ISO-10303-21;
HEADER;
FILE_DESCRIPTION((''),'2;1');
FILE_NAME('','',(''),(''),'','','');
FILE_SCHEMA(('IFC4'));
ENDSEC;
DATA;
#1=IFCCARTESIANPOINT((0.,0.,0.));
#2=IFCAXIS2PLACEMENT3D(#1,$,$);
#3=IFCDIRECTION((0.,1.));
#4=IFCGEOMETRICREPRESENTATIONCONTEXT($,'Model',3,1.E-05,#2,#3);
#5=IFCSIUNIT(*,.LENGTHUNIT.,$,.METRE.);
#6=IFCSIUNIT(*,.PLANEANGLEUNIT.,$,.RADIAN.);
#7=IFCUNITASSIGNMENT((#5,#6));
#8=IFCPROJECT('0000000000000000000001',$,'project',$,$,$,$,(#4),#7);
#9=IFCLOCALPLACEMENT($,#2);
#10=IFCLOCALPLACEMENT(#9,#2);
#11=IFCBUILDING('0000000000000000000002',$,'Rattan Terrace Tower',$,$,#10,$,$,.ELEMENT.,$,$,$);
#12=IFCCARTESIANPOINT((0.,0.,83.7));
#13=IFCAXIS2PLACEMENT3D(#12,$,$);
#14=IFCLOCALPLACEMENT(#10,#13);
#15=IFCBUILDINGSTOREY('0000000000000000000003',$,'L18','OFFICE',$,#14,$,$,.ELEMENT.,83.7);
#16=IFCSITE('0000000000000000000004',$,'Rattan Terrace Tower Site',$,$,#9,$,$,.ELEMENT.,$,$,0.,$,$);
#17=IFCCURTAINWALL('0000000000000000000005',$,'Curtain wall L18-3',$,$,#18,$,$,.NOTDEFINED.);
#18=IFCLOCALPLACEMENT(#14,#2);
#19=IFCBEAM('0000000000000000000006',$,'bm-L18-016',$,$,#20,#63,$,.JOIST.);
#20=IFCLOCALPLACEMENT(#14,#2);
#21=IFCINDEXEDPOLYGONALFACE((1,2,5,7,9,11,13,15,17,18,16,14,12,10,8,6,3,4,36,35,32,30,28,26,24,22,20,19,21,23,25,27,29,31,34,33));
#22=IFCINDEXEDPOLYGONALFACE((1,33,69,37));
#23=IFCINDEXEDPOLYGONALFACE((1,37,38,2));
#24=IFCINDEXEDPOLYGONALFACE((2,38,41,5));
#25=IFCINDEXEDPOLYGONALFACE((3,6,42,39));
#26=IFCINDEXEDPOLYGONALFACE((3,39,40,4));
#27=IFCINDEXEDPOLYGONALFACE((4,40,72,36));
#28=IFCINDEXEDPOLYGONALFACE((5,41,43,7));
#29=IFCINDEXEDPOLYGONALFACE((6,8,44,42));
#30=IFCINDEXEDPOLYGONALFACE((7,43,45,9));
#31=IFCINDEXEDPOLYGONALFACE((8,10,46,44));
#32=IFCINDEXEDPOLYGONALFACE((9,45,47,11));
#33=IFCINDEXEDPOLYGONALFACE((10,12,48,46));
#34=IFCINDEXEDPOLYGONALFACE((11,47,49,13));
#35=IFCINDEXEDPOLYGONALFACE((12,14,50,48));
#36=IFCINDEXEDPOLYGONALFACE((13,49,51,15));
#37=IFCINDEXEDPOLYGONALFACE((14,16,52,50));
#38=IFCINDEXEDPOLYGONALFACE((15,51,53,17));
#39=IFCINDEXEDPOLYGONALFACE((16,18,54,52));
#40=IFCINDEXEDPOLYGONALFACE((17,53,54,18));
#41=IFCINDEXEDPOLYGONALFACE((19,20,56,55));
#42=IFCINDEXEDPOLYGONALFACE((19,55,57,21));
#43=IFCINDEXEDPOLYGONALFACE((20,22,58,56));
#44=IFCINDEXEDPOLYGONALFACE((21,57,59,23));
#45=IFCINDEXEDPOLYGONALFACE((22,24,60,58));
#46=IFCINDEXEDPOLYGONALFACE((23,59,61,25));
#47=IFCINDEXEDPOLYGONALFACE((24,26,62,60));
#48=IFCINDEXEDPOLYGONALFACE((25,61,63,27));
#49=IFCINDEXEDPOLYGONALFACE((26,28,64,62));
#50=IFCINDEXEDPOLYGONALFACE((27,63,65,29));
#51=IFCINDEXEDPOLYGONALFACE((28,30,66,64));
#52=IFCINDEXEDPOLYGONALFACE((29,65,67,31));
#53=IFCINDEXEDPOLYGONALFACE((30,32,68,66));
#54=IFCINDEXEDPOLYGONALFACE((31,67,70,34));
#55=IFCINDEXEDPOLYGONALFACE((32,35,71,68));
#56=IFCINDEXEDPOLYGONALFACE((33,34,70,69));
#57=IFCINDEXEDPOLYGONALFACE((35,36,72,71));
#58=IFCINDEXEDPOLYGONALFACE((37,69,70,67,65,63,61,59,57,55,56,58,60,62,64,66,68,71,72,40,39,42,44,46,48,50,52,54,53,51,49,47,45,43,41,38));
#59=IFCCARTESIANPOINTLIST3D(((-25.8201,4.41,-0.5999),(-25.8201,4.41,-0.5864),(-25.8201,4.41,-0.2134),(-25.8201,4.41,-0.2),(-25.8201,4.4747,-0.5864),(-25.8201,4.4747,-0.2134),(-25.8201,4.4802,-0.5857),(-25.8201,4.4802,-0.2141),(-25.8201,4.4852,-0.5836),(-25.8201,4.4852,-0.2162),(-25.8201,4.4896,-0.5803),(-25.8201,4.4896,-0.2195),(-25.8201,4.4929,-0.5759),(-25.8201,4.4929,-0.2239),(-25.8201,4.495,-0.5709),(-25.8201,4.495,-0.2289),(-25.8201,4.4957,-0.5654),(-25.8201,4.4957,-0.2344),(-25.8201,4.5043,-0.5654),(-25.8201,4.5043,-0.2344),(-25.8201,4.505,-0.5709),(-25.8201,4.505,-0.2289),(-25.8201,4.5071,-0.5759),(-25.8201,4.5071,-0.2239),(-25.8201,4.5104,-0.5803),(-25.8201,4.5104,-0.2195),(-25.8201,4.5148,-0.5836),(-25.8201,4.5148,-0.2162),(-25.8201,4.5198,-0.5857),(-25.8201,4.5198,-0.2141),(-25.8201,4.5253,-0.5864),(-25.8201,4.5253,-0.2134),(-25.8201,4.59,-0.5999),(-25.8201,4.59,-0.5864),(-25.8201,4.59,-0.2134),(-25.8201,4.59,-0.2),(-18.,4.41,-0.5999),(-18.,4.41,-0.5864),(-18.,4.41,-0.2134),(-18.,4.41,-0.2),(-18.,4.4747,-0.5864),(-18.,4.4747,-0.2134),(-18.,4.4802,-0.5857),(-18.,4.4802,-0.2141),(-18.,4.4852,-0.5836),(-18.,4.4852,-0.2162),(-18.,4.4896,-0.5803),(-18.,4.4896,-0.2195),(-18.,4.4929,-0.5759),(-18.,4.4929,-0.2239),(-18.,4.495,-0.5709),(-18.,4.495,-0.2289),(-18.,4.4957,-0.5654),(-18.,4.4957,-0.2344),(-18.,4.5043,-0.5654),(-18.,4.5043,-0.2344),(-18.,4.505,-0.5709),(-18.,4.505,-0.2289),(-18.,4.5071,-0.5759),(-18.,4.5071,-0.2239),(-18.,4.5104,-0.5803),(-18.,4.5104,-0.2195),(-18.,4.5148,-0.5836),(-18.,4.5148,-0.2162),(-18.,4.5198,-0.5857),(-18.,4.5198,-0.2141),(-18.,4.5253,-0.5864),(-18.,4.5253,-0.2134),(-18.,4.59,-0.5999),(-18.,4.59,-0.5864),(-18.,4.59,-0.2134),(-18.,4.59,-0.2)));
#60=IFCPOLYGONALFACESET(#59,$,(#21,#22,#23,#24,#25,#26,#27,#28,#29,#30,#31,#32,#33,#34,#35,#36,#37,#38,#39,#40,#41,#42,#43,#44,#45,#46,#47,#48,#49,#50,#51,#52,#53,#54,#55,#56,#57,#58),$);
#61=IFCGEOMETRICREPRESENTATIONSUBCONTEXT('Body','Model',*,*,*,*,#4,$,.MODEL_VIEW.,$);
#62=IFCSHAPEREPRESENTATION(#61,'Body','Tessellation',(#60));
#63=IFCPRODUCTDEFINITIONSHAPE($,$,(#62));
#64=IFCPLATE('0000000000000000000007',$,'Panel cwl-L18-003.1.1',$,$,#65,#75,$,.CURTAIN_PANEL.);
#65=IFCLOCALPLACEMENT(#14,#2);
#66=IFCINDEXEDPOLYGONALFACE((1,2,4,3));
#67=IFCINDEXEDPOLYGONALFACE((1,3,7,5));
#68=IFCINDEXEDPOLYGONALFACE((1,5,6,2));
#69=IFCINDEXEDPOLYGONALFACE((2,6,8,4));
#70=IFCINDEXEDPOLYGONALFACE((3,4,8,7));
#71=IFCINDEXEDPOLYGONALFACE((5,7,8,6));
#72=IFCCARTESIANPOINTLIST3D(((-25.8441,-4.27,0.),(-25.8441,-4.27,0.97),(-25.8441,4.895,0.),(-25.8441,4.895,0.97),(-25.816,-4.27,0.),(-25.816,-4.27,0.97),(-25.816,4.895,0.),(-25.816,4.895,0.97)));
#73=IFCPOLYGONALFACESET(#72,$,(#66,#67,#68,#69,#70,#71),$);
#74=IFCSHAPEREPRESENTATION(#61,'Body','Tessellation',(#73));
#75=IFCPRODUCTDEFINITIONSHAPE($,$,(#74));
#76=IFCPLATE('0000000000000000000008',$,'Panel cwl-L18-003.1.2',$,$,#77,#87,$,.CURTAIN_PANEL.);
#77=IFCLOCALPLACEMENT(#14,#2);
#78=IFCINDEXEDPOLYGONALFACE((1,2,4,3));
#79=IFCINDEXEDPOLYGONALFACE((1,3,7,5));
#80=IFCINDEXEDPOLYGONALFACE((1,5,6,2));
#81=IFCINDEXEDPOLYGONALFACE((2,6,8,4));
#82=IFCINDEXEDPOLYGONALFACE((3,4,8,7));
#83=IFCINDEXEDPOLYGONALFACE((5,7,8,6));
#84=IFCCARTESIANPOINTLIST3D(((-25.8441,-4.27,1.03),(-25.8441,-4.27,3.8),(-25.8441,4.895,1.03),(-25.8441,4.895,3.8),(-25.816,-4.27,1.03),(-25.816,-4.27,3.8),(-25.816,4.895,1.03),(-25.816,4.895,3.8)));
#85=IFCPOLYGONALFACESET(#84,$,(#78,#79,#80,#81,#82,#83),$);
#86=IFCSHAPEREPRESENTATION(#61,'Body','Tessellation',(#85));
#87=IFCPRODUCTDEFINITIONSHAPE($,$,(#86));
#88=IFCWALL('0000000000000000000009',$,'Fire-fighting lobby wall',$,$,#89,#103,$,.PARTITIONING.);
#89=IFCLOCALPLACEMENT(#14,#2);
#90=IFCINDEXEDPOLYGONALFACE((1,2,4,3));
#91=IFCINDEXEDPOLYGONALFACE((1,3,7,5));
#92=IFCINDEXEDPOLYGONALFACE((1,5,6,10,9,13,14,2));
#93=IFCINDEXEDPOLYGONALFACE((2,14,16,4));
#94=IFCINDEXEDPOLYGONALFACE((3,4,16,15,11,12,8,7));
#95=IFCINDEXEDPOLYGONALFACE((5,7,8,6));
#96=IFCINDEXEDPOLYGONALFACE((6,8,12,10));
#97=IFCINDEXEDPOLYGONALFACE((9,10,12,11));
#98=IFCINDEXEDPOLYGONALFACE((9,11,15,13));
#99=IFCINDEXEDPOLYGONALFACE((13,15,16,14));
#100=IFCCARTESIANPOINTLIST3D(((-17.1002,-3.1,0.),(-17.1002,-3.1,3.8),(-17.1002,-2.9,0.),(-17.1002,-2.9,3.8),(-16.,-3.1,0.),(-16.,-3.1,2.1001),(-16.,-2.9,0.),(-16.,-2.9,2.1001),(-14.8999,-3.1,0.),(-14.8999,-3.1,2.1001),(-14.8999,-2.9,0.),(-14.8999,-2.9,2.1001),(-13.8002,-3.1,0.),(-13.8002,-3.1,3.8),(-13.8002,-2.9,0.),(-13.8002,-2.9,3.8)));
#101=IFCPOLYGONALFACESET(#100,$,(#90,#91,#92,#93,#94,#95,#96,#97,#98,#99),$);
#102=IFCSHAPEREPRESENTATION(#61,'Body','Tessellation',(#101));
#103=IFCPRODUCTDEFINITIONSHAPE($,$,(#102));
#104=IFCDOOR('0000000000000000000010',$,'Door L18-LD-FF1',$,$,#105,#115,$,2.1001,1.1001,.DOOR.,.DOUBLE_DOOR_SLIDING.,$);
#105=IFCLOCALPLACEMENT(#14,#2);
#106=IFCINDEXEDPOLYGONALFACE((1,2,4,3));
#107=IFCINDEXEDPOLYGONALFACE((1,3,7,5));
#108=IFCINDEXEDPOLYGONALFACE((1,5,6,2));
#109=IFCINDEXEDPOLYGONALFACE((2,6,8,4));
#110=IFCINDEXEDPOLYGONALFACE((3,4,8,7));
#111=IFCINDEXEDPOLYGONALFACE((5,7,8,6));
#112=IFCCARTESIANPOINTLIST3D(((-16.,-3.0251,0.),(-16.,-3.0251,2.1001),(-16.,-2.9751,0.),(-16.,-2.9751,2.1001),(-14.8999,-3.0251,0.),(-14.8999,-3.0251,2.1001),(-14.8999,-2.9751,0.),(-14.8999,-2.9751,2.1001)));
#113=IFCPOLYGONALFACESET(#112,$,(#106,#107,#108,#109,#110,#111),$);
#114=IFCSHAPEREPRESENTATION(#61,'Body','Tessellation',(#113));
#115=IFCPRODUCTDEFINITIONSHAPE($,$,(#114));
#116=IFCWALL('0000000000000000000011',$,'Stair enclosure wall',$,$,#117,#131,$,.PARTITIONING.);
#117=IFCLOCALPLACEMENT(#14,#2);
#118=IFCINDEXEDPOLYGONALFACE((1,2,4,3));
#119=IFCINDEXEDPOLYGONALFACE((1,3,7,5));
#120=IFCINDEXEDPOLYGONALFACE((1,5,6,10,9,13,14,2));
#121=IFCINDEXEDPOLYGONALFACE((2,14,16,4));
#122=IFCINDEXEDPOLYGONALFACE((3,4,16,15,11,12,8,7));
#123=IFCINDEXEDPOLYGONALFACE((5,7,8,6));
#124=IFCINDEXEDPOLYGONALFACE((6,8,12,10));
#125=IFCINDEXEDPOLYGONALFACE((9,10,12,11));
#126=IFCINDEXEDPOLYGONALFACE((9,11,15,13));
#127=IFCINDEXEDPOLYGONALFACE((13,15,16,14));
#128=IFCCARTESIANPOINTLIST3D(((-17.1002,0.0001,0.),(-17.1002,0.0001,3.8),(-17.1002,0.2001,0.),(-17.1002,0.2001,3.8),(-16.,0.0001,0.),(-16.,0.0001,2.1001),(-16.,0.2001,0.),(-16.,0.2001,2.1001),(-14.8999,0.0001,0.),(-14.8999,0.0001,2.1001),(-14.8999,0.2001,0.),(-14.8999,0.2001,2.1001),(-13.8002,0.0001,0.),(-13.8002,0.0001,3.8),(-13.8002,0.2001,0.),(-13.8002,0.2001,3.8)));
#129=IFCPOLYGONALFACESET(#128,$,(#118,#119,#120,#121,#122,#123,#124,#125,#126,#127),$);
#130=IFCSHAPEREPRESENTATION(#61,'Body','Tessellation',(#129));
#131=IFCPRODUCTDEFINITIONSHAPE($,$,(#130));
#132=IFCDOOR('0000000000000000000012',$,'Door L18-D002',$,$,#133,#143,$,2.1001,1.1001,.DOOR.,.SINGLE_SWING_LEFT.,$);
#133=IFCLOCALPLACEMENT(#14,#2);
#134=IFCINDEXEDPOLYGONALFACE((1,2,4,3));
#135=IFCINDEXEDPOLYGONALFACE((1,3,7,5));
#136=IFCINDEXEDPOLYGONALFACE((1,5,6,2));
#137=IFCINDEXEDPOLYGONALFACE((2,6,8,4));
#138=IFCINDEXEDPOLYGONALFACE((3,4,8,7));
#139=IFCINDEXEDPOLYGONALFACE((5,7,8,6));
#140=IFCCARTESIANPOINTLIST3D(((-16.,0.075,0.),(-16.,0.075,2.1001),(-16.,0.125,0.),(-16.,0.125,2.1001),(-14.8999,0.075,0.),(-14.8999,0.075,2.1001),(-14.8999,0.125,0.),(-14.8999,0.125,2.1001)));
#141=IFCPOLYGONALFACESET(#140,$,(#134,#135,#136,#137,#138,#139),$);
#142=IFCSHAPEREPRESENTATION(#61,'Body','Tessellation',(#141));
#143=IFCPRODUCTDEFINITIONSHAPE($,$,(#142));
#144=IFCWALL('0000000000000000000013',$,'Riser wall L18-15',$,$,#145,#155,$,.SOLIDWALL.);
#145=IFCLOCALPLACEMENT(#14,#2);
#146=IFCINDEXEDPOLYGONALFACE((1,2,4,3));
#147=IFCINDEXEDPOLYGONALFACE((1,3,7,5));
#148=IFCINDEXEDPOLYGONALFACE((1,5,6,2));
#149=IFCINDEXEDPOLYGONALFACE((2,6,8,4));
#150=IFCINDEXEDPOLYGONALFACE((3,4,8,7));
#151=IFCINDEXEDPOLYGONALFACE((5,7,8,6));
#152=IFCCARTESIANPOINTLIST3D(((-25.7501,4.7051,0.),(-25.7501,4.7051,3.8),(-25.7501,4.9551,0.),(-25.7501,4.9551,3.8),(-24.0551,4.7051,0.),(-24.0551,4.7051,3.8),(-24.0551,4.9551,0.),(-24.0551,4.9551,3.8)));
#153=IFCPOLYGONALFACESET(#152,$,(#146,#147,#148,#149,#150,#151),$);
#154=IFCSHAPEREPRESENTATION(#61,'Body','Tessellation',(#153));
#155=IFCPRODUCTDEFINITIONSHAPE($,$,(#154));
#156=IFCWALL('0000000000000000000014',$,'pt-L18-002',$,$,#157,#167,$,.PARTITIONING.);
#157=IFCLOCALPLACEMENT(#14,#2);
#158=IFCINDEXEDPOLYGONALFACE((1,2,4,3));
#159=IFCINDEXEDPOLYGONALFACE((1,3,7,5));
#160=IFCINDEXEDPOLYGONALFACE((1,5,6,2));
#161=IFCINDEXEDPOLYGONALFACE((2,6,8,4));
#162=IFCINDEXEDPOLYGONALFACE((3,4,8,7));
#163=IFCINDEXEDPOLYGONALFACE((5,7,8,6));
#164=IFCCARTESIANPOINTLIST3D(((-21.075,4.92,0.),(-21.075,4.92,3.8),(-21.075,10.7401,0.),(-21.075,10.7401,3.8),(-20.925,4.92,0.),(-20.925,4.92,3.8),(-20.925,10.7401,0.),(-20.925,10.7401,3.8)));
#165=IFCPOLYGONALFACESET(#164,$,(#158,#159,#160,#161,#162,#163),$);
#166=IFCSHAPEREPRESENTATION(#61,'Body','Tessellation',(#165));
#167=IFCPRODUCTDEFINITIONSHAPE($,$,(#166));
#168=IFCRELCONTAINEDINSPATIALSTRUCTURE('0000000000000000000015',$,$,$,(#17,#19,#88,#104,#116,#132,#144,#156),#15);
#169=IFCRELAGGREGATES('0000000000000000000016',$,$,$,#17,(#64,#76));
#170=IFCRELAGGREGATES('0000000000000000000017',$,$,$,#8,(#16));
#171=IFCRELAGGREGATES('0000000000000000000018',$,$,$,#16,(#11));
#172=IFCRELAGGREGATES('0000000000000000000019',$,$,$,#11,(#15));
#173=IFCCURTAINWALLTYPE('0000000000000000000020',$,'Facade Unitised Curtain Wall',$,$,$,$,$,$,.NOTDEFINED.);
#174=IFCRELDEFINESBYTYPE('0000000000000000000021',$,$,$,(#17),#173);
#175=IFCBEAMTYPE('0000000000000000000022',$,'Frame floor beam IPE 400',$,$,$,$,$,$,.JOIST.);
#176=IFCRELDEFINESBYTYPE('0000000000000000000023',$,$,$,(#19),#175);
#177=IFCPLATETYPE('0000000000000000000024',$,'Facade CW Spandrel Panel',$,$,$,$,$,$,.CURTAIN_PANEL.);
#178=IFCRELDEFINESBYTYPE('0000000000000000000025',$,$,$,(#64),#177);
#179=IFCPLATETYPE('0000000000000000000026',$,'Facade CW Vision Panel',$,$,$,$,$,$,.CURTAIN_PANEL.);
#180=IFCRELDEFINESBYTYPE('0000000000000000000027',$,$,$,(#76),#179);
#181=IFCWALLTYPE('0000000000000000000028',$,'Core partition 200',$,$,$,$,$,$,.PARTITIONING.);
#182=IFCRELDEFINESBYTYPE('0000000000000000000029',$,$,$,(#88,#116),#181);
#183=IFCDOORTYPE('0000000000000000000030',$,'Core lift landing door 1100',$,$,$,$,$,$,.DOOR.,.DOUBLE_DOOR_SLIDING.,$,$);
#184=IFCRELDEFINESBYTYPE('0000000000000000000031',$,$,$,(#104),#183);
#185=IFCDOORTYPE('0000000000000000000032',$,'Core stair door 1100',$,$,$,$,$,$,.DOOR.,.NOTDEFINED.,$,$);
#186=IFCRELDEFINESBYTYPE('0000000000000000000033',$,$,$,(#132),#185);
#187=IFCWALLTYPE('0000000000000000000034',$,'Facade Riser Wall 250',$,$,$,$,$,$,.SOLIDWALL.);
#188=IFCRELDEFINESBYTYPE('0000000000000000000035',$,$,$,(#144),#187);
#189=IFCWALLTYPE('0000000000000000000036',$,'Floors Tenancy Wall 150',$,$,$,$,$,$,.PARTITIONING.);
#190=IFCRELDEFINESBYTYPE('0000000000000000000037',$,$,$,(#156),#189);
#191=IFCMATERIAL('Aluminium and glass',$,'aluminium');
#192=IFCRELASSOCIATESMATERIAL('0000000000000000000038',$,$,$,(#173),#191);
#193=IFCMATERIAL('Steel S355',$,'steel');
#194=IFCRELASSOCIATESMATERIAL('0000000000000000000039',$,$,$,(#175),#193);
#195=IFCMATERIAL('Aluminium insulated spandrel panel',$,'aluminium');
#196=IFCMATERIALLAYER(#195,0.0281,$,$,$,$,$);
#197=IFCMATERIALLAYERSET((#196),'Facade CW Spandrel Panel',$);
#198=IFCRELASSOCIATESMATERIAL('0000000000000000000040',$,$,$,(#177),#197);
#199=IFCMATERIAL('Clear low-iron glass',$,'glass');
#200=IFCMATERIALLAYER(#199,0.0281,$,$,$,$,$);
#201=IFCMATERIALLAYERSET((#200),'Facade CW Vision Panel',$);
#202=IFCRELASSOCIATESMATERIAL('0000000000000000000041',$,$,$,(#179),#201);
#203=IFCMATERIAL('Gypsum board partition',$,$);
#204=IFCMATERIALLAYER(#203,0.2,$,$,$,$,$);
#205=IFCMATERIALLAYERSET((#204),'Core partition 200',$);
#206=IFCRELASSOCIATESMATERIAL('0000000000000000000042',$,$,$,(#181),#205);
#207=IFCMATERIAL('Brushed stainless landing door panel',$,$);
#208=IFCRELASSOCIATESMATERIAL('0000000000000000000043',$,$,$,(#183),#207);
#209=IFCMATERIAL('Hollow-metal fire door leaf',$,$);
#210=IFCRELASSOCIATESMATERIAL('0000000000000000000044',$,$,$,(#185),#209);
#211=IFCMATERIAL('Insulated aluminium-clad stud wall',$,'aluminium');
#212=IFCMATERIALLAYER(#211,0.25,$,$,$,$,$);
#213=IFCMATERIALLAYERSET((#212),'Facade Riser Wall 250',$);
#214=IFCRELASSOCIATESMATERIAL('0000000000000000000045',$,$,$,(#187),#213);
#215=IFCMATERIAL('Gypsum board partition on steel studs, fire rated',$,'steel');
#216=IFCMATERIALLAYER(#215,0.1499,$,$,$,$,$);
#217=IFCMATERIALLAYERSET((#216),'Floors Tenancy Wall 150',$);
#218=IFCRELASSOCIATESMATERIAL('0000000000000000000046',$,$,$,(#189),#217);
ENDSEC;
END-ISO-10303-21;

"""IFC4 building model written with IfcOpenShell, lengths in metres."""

from ifc_helpers import new_model, si_unit, direction, frame, frame_2d, origin, origin_2d, place, context, subcontext, project, spatial, rectangle, i_section, extrude, material, layer, layer_set, material_profile, profile_set, type_object, element, fill, aggregate, save


model = new_model("IFC4")

# Units and contexts
model_context = context("Model", 3, precision=1e-05, world=origin(), true_north=direction((0.0, 1.0)))
body_context = subcontext(model_context, "Body", "Model", "MODEL_VIEW")
ifc_project = project(units=[si_unit("LENGTHUNIT", "METRE"), si_unit("PLANEANGLEUNIT", "RADIAN")], contexts=[model_context])

# Site, building, storey
site_placement = place(None, origin())
site = spatial("IfcSite", under=ifc_project, at=site_placement, Name="Rattan Terrace Tower Site", CompositionType="ELEMENT", RefElevation=0.0)
building_placement = place(site_placement, origin())
building = spatial("IfcBuilding", under=site, at=building_placement, Name="Rattan Terrace Tower", CompositionType="ELEMENT")
storey_placement = place(building_placement, frame((0.0, 0.0, 83.7)))
storey = spatial("IfcBuildingStorey", under=building, at=storey_placement, Name="L18", Description="OFFICE", CompositionType="ELEMENT", Elevation=83.7)

# Curtain wall
ifc_material_1 = material(Name="Aluminium and glass", Category="aluminium")
curtain_wall_type = type_object("IfcCurtainWallType", Name="Facade Unitised Curtain Wall", PredefinedType="NOTDEFINED", material=ifc_material_1)
curtain_wall_placement = place(storey_placement, origin())
curtain_wall = element("IfcCurtainWall", 1, at=curtain_wall_placement, inside=storey, type_object=curtain_wall_type, Name="Curtain wall L18-3", PredefinedType="NOTDEFINED")

# Beam
ifc_material_2 = material(Name="Steel S355", Category="steel")
ifc_material_profile_1 = material_profile(ifc_material_2, i_section(OverallWidth=0.1799, OverallDepth=0.3999, WebThickness=0.0085, FlangeThickness=0.0134, FilletRadius=0.021, at=origin_2d()), Name="IPE 400")
ifc_profile_set_1 = profile_set([ifc_material_profile_1], Name="Steel S355")
beam_type_1 = type_object("IfcBeamType", Name="Frame floor beam IPE 400", PredefinedType="JOIST", material=ifc_profile_set_1)
for number, where, z_axis, x_axis, name in (
    (2, (-25.8201, 4.5, -0.3999), (1.0, 0.0, 0.0), (0.0, 1.0, 0.0), "bm-L18-016"),
):
    element("IfcBeam", number, at=place(storey_placement, frame(where, z_axis=z_axis, x_axis=x_axis)), inside=storey, type_object=beam_type_1, Name=name, PredefinedType="JOIST", context=body_context, shape_type="SweptSolid", body=[
        extrude(i_section(OverallWidth=0.1799, OverallDepth=0.3999, WebThickness=0.0085, FlangeThickness=0.0134, FilletRadius=0.021, at=origin_2d()), origin(), (0.0, 0.0, 1.0), 7.8201),
    ])

# Plates
ifc_material_3 = material(Name="Aluminium insulated spandrel panel", Category="aluminium")
ifc_layer_1 = layer(ifc_material_3, 0.0281)
ifc_layer_set_1 = layer_set([ifc_layer_1], Name="Facade CW Spandrel Panel")
plate_type_1 = type_object("IfcPlateType", Name="Facade CW Spandrel Panel", PredefinedType="CURTAIN_PANEL", material=ifc_layer_set_1)
plate_1_placement = place(storey_placement, frame((-25.8301, 0.3125, 0.0), z_axis=(0.0, 0.0, 1.0), x_axis=(0.0, -1.0, 0.0)))
plate_1 = element("IfcPlate", 3, at=plate_1_placement, type_object=plate_type_1, Name="Panel cwl-L18-003.1.1", PredefinedType="CURTAIN_PANEL", context=body_context, shape_type="SweptSolid", body=[
    extrude(rectangle(XDim=9.165, YDim=0.0281, at=origin_2d()), origin(), (0.0, 0.0, 1.0), 0.97),
])
ifc_material_4 = material(Name="Clear low-iron glass", Category="glass")
ifc_layer_2 = layer(ifc_material_4, 0.0281)
ifc_layer_set_2 = layer_set([ifc_layer_2], Name="Facade CW Vision Panel")
plate_type_2 = type_object("IfcPlateType", Name="Facade CW Vision Panel", PredefinedType="CURTAIN_PANEL", material=ifc_layer_set_2)
plate_2_placement = place(storey_placement, frame((-25.8301, 0.3125, 1.03), z_axis=(0.0, 0.0, 1.0), x_axis=(0.0, -1.0, 0.0)))
plate_2 = element("IfcPlate", 4, at=plate_2_placement, type_object=plate_type_2, Name="Panel cwl-L18-003.1.2", PredefinedType="CURTAIN_PANEL", context=body_context, shape_type="SweptSolid", body=[
    extrude(rectangle(XDim=9.165, YDim=0.0281, at=origin_2d()), origin(), (0.0, 0.0, 1.0), 2.77),
])
aggregate(curtain_wall, [plate_1, plate_2])

# Walls, openings, doors
ifc_material_5 = material(Name="Gypsum board partition")
ifc_layer_3 = layer(ifc_material_5, 0.2)
ifc_layer_set_3 = layer_set([ifc_layer_3], Name="Core partition 200")
wall_type_1 = type_object("IfcWallType", Name="Core partition 200", PredefinedType="PARTITIONING", material=ifc_layer_set_3)
wall_1_placement = place(storey_placement, frame((-17.1001, -3.0, 0.0), z_axis=(0.0, 0.0, 1.0), x_axis=(1.0, 0.0, 0.0)))
wall_1 = element("IfcWall", 5, at=wall_1_placement, inside=storey, type_object=wall_type_1, Name="Fire-fighting lobby wall", PredefinedType="PARTITIONING", context=body_context, shape_type="SweptSolid", body=[
    extrude(rectangle(XDim=3.3, YDim=0.2, at=frame_2d((1.6499, 0.0))), origin(), (0.0, 0.0, 1.0), 3.8),
])
opening_1_placement = place(wall_1_placement, frame((1.1001, 0.0, 0.0)))
opening_1 = element("IfcOpeningElement", 6, at=opening_1_placement, cuts=wall_1, PredefinedType="OPENING", context=body_context, shape_type="SweptSolid", body=[
    extrude(rectangle(XDim=1.1001, YDim=2.1001, at=frame_2d((0.55, 1.05))), frame((0.0, 0.1106, 0.0), z_axis=(0.0, -1.0, 0.0), x_axis=(1.0, 0.0, 0.0)), (0.0, 0.0, 1.0), 0.2209),
])
ifc_material_6 = material(Name="Brushed stainless landing door panel")
door_type_1 = type_object("IfcDoorType", Name="Core lift landing door 1100", OperationType="DOUBLE_DOOR_SLIDING", PredefinedType="DOOR", material=ifc_material_6)
door_1_placement = place(opening_1_placement, origin())
door_1 = element("IfcDoor", 7, at=door_1_placement, inside=storey, type_object=door_type_1, Name="Door L18-LD-FF1", OperationType="DOUBLE_DOOR_SLIDING", OverallHeight=2.1001, OverallWidth=1.1001, PredefinedType="DOOR", context=body_context, shape_type="SweptSolid", body=[
    extrude(rectangle(XDim=1.1001, YDim=2.1001, at=frame_2d((0.55, 1.05))), frame((0.0, 0.0249, 0.0), z_axis=(0.0, -1.0, 0.0), x_axis=(1.0, 0.0, 0.0)), (0.0, 0.0, 1.0), 0.05),
])
fill(opening_1, door_1)
wall_2_placement = place(storey_placement, frame((-17.1001, 0.1001, 0.0), z_axis=(0.0, 0.0, 1.0), x_axis=(1.0, 0.0, 0.0)))
wall_2 = element("IfcWall", 8, at=wall_2_placement, inside=storey, type_object=wall_type_1, Name="Stair enclosure wall", PredefinedType="PARTITIONING", context=body_context, shape_type="SweptSolid", body=[
    extrude(rectangle(XDim=3.3, YDim=0.2, at=frame_2d((1.6499, 0.0))), origin(), (0.0, 0.0, 1.0), 3.8),
])
opening_2_placement = place(wall_2_placement, frame((1.1001, 0.0, 0.0)))
opening_2 = element("IfcOpeningElement", 9, at=opening_2_placement, cuts=wall_2, PredefinedType="OPENING", context=body_context, shape_type="SweptSolid", body=[
    extrude(rectangle(XDim=1.1001, YDim=2.1001, at=frame_2d((0.55, 1.05))), frame((0.0, 0.1106, 0.0), z_axis=(0.0, -1.0, 0.0), x_axis=(1.0, 0.0, 0.0)), (0.0, 0.0, 1.0), 0.2209),
])
ifc_material_7 = material(Name="Hollow-metal fire door leaf")
door_type_2 = type_object("IfcDoorType", Name="Core stair door 1100", OperationType="NOTDEFINED", PredefinedType="DOOR", material=ifc_material_7)
door_2_placement = place(opening_2_placement, origin())
door_2 = element("IfcDoor", 10, at=door_2_placement, inside=storey, type_object=door_type_2, Name="Door L18-D002", OperationType="SINGLE_SWING_LEFT", OverallHeight=2.1001, OverallWidth=1.1001, PredefinedType="DOOR", context=body_context, shape_type="SweptSolid", body=[
    extrude(rectangle(XDim=1.1001, YDim=2.1001, at=frame_2d((0.55, 1.05))), frame((0.0, 0.0249, 0.0), z_axis=(0.0, -1.0, 0.0), x_axis=(1.0, 0.0, 0.0)), (0.0, 0.0, 1.0), 0.05),
])
fill(opening_2, door_2)

# Walls
ifc_material_8 = material(Name="Insulated aluminium-clad stud wall", Category="aluminium")
ifc_layer_4 = layer(ifc_material_8, 0.25)
ifc_layer_set_4 = layer_set([ifc_layer_4], Name="Facade Riser Wall 250")
wall_type_2 = type_object("IfcWallType", Name="Facade Riser Wall 250", PredefinedType="SOLIDWALL", material=ifc_layer_set_4)
wall_3_placement = place(storey_placement, frame((-24.0549, 4.8301, 0.0), z_axis=(0.0, 0.0, 1.0), x_axis=(-1.0, 0.0, 0.0)))
element("IfcWall", 11, at=wall_3_placement, inside=storey, type_object=wall_type_2, Name="Riser wall L18-15", PredefinedType="SOLIDWALL", context=body_context, shape_type="SweptSolid", body=[
    extrude(rectangle(XDim=1.6951, YDim=0.25, at=frame_2d((0.8477, 0.0))), origin(), (0.0, 0.0, 1.0), 3.8),
])
ifc_material_9 = material(Name="Gypsum board partition on steel studs, fire rated", Category="steel")
ifc_layer_5 = layer(ifc_material_9, 0.1499)
ifc_layer_set_5 = layer_set([ifc_layer_5], Name="Floors Tenancy Wall 150")
wall_type_3 = type_object("IfcWallType", Name="Floors Tenancy Wall 150", PredefinedType="PARTITIONING", material=ifc_layer_set_5)
wall_4_placement = place(storey_placement, frame((-21.0, 4.9199, 0.0), z_axis=(0.0, 0.0, 1.0), x_axis=(0.0, 1.0, 0.0)))
element("IfcWall", 12, at=wall_4_placement, inside=storey, type_object=wall_type_3, Name="pt-L18-002", PredefinedType="PARTITIONING", context=body_context, shape_type="SweptSolid", body=[
    extrude(rectangle(XDim=5.8201, YDim=0.1499, at=frame_2d((2.9102, 0.0))), origin(), (0.0, 0.0, 1.0), 3.8),
])

save(model, "model.ifc")
